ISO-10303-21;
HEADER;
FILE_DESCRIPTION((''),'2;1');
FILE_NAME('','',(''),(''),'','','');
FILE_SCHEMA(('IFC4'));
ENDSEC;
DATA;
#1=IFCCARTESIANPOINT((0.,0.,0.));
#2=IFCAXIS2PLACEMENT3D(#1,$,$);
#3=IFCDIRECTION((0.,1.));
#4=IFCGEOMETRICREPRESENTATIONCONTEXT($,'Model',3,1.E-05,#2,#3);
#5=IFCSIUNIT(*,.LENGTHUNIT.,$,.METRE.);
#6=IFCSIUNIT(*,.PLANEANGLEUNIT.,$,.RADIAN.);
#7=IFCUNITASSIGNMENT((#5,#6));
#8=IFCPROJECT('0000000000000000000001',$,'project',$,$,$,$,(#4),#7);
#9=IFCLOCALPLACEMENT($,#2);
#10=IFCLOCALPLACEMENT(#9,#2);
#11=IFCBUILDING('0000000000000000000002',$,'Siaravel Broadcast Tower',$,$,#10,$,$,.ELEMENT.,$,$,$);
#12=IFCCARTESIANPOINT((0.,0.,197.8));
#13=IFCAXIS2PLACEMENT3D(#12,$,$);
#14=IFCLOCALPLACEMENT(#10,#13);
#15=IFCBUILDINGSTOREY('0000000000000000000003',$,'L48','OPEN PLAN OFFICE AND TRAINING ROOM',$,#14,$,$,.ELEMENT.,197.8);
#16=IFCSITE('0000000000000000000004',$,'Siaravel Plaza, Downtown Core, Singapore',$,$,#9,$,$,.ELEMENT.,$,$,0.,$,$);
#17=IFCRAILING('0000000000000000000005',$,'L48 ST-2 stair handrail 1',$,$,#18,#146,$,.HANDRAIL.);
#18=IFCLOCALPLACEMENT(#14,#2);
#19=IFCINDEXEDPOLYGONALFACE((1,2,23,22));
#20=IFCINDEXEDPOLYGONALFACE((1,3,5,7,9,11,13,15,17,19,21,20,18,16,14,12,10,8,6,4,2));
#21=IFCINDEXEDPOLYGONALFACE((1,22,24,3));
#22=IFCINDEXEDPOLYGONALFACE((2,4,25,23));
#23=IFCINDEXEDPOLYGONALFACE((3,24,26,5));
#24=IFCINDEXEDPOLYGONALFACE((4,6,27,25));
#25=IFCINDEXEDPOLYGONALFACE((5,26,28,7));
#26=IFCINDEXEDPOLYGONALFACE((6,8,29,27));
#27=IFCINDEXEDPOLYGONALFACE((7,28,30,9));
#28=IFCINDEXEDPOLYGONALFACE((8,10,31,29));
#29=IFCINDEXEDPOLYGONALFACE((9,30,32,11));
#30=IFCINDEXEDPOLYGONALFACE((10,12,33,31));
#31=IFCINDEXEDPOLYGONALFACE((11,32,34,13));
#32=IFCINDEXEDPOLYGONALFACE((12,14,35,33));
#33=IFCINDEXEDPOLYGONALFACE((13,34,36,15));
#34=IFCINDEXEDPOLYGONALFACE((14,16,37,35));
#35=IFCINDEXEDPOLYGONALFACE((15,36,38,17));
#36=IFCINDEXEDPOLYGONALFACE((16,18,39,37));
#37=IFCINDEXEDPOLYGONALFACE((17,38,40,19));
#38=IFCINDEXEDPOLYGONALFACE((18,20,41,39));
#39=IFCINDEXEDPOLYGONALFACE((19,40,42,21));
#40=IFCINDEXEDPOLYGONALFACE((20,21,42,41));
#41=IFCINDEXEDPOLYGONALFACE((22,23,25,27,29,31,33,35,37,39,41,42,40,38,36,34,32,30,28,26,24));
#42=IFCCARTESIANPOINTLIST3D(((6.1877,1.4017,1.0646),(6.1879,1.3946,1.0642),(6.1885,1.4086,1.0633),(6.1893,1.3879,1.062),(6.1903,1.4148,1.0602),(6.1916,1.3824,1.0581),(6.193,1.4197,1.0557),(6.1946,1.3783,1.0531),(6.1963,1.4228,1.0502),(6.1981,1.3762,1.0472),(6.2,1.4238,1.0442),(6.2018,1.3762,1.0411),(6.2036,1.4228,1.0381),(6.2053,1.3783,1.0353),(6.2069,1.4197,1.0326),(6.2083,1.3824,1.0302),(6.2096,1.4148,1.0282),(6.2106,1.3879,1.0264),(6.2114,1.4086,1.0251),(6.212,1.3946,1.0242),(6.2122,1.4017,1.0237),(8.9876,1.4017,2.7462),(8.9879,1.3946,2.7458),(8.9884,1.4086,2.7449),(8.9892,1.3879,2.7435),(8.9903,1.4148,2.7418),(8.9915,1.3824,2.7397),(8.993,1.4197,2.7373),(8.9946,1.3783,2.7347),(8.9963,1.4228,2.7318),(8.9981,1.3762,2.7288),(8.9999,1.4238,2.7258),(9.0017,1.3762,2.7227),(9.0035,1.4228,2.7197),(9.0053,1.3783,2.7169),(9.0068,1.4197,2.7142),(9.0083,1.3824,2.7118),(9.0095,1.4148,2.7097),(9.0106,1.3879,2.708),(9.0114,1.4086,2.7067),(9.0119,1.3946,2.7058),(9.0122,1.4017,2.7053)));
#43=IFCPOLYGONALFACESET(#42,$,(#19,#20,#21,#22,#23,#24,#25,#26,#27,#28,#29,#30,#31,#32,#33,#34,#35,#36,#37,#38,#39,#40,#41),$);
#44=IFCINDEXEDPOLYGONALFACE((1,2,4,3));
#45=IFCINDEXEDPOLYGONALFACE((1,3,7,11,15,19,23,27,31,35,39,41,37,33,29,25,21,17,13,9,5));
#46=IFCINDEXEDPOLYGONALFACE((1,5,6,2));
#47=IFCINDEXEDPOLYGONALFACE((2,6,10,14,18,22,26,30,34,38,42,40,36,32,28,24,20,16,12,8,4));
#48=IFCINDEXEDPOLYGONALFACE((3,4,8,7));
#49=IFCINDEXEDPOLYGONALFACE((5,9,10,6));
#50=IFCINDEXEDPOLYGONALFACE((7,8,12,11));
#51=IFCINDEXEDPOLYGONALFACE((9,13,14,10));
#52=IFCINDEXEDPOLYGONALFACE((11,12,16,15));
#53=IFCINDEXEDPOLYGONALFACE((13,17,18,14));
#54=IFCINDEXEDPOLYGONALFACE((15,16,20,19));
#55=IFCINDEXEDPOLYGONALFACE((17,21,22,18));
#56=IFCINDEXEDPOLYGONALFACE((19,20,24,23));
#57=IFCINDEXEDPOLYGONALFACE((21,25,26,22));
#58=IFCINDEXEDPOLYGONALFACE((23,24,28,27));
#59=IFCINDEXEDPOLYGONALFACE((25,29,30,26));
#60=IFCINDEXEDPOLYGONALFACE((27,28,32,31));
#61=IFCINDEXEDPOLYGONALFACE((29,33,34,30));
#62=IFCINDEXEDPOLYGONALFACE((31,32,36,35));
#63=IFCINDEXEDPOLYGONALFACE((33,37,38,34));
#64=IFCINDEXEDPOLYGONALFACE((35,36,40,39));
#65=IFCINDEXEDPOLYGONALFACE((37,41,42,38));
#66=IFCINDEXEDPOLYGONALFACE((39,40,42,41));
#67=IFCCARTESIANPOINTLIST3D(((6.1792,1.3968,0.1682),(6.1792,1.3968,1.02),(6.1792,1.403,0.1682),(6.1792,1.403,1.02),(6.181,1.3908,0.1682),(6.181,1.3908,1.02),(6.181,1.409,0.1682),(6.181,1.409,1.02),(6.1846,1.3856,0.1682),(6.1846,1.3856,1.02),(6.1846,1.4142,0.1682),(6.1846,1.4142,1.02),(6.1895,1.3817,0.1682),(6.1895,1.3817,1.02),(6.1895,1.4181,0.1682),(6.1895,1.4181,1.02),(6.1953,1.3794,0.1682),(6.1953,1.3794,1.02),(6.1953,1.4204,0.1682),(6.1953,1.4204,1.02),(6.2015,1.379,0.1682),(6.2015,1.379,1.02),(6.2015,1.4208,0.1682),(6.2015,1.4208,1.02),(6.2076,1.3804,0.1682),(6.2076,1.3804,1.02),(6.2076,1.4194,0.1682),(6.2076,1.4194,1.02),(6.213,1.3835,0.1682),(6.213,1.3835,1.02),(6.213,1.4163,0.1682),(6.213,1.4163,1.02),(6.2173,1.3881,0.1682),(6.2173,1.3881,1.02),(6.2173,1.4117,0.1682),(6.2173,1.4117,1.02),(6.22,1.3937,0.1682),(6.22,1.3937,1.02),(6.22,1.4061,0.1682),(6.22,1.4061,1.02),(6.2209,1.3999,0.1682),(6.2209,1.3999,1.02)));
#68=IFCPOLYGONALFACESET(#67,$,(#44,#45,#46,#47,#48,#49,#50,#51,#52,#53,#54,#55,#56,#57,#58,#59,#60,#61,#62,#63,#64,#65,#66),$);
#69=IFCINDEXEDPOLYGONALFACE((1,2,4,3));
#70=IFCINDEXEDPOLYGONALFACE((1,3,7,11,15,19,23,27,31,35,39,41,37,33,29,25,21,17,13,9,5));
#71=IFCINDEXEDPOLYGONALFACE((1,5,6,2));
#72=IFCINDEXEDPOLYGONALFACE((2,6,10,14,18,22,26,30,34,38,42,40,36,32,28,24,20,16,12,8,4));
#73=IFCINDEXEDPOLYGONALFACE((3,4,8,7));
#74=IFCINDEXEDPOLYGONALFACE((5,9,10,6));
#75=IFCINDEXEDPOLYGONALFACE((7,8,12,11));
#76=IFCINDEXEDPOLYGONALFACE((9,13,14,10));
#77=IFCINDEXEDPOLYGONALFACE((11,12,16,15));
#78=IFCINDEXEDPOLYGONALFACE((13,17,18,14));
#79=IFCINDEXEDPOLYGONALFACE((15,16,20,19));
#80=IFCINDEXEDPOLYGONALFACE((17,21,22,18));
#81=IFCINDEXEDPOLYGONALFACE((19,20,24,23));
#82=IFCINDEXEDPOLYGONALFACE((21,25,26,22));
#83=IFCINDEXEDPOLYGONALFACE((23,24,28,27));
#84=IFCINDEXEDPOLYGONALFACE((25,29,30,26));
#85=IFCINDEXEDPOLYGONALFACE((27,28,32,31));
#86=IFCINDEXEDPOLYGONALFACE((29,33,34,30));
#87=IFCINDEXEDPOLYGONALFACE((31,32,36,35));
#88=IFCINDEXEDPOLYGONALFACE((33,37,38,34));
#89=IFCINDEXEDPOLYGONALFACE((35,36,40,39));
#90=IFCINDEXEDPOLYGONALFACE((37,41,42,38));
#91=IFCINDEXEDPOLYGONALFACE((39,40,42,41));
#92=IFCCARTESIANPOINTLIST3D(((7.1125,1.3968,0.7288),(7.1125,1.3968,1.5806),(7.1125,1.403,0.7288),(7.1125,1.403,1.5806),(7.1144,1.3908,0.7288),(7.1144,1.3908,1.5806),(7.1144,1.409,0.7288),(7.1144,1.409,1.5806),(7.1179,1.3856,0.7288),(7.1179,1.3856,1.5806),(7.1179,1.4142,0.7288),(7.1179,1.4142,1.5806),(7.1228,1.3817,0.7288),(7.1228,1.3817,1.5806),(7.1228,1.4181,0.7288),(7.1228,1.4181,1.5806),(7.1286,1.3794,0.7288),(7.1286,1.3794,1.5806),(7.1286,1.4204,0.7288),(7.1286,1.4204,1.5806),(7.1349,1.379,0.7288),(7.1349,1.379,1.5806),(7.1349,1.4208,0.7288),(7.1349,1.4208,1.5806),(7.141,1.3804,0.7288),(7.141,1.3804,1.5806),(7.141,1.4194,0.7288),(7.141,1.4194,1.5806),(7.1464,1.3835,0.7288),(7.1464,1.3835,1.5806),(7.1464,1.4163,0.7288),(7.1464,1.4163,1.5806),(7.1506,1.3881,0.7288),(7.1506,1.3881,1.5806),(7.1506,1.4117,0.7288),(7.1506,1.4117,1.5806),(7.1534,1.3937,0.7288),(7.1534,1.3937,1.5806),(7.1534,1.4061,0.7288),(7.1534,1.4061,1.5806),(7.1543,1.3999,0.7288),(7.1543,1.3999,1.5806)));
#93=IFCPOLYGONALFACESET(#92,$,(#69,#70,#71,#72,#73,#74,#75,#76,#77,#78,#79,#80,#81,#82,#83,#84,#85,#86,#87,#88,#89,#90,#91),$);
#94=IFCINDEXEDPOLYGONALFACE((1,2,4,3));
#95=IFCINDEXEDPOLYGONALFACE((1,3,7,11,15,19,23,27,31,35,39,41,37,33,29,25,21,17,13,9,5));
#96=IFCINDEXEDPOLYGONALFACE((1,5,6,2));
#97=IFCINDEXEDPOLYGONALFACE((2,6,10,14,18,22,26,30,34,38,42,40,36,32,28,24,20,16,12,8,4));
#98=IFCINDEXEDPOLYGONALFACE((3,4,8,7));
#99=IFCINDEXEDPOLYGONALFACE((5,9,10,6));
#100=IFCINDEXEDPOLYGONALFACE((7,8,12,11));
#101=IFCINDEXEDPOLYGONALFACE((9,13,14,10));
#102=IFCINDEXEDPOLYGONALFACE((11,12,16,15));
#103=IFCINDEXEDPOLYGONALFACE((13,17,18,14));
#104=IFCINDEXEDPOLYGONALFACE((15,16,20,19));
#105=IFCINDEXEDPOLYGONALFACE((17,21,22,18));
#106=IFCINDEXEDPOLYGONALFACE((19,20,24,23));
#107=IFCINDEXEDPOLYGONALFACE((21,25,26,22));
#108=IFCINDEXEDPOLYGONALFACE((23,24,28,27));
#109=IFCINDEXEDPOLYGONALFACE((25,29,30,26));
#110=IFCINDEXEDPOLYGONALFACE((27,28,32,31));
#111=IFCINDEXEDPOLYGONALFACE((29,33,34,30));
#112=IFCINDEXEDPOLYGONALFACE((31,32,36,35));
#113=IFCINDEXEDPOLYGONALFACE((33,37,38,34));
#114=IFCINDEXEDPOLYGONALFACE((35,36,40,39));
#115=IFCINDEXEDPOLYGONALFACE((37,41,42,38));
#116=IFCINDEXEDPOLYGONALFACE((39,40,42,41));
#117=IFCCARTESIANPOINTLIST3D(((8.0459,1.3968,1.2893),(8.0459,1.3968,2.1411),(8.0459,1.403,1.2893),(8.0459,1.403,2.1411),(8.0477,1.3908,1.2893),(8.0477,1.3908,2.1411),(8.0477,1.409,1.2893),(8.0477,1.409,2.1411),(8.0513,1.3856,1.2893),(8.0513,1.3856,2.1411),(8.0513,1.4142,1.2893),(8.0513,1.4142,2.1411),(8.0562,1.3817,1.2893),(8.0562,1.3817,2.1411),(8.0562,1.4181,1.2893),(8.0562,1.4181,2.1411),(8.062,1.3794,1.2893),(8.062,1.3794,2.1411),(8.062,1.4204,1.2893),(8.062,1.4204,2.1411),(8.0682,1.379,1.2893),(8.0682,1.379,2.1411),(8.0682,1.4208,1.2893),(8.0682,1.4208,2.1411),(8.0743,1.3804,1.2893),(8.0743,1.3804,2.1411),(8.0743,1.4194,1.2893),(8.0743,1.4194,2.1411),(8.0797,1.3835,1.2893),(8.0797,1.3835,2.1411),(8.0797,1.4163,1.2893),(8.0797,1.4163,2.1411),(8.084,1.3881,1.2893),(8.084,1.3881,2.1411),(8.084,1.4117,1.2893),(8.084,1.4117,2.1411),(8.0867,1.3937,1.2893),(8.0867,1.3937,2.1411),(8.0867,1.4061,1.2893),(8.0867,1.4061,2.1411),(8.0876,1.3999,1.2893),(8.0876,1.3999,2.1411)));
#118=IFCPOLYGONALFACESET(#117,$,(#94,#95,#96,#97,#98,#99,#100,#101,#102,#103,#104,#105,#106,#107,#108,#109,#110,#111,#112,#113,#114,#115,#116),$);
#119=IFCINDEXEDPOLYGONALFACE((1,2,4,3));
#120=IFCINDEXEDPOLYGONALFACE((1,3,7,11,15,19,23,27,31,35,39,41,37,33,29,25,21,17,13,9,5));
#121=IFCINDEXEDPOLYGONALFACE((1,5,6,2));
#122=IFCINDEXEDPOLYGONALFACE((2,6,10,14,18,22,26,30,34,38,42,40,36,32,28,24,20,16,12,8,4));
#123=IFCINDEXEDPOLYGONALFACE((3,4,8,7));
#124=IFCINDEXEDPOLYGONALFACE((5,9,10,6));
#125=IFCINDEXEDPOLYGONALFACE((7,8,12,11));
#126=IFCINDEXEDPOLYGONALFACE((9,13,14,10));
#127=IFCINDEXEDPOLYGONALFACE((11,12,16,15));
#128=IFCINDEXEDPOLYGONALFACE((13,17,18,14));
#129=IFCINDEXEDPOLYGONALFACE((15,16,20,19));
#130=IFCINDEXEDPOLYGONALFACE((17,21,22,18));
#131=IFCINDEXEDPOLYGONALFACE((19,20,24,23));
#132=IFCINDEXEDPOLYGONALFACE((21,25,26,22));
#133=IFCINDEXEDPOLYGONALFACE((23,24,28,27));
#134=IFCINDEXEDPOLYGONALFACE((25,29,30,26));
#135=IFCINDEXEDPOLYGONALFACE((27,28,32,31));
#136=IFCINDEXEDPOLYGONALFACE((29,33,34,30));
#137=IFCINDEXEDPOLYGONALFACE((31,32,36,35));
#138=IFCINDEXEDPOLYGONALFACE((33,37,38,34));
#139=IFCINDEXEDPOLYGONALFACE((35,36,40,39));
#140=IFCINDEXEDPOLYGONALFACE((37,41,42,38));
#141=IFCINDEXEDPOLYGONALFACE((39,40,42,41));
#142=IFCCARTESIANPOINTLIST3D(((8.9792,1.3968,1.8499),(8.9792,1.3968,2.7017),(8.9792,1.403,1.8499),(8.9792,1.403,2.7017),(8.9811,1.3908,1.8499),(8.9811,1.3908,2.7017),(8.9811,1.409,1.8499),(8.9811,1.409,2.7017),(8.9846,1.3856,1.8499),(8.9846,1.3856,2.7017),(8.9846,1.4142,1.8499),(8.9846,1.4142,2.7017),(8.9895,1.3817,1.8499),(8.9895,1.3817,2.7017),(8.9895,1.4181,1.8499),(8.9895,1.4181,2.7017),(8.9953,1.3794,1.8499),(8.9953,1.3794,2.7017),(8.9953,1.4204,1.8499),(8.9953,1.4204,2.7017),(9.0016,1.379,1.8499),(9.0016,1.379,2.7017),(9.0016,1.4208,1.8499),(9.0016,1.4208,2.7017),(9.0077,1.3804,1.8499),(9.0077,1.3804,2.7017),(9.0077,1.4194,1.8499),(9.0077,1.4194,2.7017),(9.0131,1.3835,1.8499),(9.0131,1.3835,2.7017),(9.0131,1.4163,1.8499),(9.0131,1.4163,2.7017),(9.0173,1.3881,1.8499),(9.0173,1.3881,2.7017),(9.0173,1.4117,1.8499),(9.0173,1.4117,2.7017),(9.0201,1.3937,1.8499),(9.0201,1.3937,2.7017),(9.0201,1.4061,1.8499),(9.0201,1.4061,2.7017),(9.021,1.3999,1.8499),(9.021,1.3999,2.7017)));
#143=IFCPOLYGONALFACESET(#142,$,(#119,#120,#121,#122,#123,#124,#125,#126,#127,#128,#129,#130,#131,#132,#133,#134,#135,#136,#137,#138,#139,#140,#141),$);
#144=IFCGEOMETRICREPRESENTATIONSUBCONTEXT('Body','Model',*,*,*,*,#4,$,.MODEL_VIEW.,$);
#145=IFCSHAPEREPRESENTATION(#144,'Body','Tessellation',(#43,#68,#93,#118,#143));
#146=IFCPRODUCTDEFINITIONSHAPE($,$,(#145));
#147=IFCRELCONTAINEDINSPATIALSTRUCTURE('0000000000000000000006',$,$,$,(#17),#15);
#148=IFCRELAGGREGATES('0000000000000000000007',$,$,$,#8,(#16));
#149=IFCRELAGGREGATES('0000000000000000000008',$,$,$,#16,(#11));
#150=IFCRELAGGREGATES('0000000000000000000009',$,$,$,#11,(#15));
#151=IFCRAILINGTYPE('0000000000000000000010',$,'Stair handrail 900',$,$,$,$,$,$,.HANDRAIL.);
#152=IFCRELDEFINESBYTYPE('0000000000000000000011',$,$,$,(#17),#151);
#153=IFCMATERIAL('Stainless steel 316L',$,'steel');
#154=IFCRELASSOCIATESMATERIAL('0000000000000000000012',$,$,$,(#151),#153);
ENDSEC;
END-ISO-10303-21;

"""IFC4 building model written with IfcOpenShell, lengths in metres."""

from ifc_helpers import new_model, si_unit, direction, frame, origin, origin_2d, place, context, subcontext, project, spatial, circle, extrude, material, type_object, element, save


model = new_model("IFC4")

# Units and contexts
model_context = context("Model", 3, precision=1e-05, world=origin(), true_north=direction((0.0, 1.0)))
body_context = subcontext(model_context, "Body", "Model", "MODEL_VIEW")
ifc_project = project(units=[si_unit("LENGTHUNIT", "METRE"), si_unit("PLANEANGLEUNIT", "RADIAN")], contexts=[model_context])

# Site, building, storey
site_placement = place(None, origin())
site = spatial("IfcSite", under=ifc_project, at=site_placement, Name="Siaravel Plaza, Downtown Core, Singapore", CompositionType="ELEMENT", RefElevation=0.0)
building_placement = place(site_placement, origin())
building = spatial("IfcBuilding", under=site, at=building_placement, Name="Siaravel Broadcast Tower", CompositionType="ELEMENT")
storey_placement = place(building_placement, frame((0.0, 0.0, 197.8)))
storey = spatial("IfcBuildingStorey", under=building, at=storey_placement, Name="L48", Description="OPEN PLAN OFFICE AND TRAINING ROOM", CompositionType="ELEMENT", Elevation=197.8)

# Railing
ifc_material_1 = material(Name="Stainless steel 316L", Category="steel")
railing_type_1 = type_object("IfcRailingType", Name="Stair handrail 900", PredefinedType="HANDRAIL", material=ifc_material_1)
railing_1_placement = place(storey_placement, frame((6.2, 1.3999, 0.1682)))
element("IfcRailing", 1, at=railing_1_placement, inside=storey, type_object=railing_type_1, Name="L48 ST-2 stair handrail 1", PredefinedType="HANDRAIL", context=body_context, shape_type="SweptSolid", body=[
    extrude(circle(Radius=0.0239, at=origin_2d()), frame((0.0, 0.0, 0.876), z_axis=(0.857275, 0.0, 0.514858), x_axis=(0.0, 1.0, 0.0)), (0.0, 0.0, 1.0), 3.2661),
    extrude(circle(Radius=0.021, at=origin_2d()), origin(), (0.0, 0.0, 1.0), 0.8518),
    extrude(circle(Radius=0.021, at=origin_2d()), frame((0.9333, 0.0, 0.5605)), (0.0, 0.0, 1.0), 0.8518),
    extrude(circle(Radius=0.021, at=origin_2d()), frame((1.8667, 0.0, 1.1211)), (0.0, 0.0, 1.0), 0.8518),
    extrude(circle(Radius=0.021, at=origin_2d()), frame((2.8, 0.0, 1.6816)), (0.0, 0.0, 1.0), 0.8518),
])

save(model, "model.ifc")
